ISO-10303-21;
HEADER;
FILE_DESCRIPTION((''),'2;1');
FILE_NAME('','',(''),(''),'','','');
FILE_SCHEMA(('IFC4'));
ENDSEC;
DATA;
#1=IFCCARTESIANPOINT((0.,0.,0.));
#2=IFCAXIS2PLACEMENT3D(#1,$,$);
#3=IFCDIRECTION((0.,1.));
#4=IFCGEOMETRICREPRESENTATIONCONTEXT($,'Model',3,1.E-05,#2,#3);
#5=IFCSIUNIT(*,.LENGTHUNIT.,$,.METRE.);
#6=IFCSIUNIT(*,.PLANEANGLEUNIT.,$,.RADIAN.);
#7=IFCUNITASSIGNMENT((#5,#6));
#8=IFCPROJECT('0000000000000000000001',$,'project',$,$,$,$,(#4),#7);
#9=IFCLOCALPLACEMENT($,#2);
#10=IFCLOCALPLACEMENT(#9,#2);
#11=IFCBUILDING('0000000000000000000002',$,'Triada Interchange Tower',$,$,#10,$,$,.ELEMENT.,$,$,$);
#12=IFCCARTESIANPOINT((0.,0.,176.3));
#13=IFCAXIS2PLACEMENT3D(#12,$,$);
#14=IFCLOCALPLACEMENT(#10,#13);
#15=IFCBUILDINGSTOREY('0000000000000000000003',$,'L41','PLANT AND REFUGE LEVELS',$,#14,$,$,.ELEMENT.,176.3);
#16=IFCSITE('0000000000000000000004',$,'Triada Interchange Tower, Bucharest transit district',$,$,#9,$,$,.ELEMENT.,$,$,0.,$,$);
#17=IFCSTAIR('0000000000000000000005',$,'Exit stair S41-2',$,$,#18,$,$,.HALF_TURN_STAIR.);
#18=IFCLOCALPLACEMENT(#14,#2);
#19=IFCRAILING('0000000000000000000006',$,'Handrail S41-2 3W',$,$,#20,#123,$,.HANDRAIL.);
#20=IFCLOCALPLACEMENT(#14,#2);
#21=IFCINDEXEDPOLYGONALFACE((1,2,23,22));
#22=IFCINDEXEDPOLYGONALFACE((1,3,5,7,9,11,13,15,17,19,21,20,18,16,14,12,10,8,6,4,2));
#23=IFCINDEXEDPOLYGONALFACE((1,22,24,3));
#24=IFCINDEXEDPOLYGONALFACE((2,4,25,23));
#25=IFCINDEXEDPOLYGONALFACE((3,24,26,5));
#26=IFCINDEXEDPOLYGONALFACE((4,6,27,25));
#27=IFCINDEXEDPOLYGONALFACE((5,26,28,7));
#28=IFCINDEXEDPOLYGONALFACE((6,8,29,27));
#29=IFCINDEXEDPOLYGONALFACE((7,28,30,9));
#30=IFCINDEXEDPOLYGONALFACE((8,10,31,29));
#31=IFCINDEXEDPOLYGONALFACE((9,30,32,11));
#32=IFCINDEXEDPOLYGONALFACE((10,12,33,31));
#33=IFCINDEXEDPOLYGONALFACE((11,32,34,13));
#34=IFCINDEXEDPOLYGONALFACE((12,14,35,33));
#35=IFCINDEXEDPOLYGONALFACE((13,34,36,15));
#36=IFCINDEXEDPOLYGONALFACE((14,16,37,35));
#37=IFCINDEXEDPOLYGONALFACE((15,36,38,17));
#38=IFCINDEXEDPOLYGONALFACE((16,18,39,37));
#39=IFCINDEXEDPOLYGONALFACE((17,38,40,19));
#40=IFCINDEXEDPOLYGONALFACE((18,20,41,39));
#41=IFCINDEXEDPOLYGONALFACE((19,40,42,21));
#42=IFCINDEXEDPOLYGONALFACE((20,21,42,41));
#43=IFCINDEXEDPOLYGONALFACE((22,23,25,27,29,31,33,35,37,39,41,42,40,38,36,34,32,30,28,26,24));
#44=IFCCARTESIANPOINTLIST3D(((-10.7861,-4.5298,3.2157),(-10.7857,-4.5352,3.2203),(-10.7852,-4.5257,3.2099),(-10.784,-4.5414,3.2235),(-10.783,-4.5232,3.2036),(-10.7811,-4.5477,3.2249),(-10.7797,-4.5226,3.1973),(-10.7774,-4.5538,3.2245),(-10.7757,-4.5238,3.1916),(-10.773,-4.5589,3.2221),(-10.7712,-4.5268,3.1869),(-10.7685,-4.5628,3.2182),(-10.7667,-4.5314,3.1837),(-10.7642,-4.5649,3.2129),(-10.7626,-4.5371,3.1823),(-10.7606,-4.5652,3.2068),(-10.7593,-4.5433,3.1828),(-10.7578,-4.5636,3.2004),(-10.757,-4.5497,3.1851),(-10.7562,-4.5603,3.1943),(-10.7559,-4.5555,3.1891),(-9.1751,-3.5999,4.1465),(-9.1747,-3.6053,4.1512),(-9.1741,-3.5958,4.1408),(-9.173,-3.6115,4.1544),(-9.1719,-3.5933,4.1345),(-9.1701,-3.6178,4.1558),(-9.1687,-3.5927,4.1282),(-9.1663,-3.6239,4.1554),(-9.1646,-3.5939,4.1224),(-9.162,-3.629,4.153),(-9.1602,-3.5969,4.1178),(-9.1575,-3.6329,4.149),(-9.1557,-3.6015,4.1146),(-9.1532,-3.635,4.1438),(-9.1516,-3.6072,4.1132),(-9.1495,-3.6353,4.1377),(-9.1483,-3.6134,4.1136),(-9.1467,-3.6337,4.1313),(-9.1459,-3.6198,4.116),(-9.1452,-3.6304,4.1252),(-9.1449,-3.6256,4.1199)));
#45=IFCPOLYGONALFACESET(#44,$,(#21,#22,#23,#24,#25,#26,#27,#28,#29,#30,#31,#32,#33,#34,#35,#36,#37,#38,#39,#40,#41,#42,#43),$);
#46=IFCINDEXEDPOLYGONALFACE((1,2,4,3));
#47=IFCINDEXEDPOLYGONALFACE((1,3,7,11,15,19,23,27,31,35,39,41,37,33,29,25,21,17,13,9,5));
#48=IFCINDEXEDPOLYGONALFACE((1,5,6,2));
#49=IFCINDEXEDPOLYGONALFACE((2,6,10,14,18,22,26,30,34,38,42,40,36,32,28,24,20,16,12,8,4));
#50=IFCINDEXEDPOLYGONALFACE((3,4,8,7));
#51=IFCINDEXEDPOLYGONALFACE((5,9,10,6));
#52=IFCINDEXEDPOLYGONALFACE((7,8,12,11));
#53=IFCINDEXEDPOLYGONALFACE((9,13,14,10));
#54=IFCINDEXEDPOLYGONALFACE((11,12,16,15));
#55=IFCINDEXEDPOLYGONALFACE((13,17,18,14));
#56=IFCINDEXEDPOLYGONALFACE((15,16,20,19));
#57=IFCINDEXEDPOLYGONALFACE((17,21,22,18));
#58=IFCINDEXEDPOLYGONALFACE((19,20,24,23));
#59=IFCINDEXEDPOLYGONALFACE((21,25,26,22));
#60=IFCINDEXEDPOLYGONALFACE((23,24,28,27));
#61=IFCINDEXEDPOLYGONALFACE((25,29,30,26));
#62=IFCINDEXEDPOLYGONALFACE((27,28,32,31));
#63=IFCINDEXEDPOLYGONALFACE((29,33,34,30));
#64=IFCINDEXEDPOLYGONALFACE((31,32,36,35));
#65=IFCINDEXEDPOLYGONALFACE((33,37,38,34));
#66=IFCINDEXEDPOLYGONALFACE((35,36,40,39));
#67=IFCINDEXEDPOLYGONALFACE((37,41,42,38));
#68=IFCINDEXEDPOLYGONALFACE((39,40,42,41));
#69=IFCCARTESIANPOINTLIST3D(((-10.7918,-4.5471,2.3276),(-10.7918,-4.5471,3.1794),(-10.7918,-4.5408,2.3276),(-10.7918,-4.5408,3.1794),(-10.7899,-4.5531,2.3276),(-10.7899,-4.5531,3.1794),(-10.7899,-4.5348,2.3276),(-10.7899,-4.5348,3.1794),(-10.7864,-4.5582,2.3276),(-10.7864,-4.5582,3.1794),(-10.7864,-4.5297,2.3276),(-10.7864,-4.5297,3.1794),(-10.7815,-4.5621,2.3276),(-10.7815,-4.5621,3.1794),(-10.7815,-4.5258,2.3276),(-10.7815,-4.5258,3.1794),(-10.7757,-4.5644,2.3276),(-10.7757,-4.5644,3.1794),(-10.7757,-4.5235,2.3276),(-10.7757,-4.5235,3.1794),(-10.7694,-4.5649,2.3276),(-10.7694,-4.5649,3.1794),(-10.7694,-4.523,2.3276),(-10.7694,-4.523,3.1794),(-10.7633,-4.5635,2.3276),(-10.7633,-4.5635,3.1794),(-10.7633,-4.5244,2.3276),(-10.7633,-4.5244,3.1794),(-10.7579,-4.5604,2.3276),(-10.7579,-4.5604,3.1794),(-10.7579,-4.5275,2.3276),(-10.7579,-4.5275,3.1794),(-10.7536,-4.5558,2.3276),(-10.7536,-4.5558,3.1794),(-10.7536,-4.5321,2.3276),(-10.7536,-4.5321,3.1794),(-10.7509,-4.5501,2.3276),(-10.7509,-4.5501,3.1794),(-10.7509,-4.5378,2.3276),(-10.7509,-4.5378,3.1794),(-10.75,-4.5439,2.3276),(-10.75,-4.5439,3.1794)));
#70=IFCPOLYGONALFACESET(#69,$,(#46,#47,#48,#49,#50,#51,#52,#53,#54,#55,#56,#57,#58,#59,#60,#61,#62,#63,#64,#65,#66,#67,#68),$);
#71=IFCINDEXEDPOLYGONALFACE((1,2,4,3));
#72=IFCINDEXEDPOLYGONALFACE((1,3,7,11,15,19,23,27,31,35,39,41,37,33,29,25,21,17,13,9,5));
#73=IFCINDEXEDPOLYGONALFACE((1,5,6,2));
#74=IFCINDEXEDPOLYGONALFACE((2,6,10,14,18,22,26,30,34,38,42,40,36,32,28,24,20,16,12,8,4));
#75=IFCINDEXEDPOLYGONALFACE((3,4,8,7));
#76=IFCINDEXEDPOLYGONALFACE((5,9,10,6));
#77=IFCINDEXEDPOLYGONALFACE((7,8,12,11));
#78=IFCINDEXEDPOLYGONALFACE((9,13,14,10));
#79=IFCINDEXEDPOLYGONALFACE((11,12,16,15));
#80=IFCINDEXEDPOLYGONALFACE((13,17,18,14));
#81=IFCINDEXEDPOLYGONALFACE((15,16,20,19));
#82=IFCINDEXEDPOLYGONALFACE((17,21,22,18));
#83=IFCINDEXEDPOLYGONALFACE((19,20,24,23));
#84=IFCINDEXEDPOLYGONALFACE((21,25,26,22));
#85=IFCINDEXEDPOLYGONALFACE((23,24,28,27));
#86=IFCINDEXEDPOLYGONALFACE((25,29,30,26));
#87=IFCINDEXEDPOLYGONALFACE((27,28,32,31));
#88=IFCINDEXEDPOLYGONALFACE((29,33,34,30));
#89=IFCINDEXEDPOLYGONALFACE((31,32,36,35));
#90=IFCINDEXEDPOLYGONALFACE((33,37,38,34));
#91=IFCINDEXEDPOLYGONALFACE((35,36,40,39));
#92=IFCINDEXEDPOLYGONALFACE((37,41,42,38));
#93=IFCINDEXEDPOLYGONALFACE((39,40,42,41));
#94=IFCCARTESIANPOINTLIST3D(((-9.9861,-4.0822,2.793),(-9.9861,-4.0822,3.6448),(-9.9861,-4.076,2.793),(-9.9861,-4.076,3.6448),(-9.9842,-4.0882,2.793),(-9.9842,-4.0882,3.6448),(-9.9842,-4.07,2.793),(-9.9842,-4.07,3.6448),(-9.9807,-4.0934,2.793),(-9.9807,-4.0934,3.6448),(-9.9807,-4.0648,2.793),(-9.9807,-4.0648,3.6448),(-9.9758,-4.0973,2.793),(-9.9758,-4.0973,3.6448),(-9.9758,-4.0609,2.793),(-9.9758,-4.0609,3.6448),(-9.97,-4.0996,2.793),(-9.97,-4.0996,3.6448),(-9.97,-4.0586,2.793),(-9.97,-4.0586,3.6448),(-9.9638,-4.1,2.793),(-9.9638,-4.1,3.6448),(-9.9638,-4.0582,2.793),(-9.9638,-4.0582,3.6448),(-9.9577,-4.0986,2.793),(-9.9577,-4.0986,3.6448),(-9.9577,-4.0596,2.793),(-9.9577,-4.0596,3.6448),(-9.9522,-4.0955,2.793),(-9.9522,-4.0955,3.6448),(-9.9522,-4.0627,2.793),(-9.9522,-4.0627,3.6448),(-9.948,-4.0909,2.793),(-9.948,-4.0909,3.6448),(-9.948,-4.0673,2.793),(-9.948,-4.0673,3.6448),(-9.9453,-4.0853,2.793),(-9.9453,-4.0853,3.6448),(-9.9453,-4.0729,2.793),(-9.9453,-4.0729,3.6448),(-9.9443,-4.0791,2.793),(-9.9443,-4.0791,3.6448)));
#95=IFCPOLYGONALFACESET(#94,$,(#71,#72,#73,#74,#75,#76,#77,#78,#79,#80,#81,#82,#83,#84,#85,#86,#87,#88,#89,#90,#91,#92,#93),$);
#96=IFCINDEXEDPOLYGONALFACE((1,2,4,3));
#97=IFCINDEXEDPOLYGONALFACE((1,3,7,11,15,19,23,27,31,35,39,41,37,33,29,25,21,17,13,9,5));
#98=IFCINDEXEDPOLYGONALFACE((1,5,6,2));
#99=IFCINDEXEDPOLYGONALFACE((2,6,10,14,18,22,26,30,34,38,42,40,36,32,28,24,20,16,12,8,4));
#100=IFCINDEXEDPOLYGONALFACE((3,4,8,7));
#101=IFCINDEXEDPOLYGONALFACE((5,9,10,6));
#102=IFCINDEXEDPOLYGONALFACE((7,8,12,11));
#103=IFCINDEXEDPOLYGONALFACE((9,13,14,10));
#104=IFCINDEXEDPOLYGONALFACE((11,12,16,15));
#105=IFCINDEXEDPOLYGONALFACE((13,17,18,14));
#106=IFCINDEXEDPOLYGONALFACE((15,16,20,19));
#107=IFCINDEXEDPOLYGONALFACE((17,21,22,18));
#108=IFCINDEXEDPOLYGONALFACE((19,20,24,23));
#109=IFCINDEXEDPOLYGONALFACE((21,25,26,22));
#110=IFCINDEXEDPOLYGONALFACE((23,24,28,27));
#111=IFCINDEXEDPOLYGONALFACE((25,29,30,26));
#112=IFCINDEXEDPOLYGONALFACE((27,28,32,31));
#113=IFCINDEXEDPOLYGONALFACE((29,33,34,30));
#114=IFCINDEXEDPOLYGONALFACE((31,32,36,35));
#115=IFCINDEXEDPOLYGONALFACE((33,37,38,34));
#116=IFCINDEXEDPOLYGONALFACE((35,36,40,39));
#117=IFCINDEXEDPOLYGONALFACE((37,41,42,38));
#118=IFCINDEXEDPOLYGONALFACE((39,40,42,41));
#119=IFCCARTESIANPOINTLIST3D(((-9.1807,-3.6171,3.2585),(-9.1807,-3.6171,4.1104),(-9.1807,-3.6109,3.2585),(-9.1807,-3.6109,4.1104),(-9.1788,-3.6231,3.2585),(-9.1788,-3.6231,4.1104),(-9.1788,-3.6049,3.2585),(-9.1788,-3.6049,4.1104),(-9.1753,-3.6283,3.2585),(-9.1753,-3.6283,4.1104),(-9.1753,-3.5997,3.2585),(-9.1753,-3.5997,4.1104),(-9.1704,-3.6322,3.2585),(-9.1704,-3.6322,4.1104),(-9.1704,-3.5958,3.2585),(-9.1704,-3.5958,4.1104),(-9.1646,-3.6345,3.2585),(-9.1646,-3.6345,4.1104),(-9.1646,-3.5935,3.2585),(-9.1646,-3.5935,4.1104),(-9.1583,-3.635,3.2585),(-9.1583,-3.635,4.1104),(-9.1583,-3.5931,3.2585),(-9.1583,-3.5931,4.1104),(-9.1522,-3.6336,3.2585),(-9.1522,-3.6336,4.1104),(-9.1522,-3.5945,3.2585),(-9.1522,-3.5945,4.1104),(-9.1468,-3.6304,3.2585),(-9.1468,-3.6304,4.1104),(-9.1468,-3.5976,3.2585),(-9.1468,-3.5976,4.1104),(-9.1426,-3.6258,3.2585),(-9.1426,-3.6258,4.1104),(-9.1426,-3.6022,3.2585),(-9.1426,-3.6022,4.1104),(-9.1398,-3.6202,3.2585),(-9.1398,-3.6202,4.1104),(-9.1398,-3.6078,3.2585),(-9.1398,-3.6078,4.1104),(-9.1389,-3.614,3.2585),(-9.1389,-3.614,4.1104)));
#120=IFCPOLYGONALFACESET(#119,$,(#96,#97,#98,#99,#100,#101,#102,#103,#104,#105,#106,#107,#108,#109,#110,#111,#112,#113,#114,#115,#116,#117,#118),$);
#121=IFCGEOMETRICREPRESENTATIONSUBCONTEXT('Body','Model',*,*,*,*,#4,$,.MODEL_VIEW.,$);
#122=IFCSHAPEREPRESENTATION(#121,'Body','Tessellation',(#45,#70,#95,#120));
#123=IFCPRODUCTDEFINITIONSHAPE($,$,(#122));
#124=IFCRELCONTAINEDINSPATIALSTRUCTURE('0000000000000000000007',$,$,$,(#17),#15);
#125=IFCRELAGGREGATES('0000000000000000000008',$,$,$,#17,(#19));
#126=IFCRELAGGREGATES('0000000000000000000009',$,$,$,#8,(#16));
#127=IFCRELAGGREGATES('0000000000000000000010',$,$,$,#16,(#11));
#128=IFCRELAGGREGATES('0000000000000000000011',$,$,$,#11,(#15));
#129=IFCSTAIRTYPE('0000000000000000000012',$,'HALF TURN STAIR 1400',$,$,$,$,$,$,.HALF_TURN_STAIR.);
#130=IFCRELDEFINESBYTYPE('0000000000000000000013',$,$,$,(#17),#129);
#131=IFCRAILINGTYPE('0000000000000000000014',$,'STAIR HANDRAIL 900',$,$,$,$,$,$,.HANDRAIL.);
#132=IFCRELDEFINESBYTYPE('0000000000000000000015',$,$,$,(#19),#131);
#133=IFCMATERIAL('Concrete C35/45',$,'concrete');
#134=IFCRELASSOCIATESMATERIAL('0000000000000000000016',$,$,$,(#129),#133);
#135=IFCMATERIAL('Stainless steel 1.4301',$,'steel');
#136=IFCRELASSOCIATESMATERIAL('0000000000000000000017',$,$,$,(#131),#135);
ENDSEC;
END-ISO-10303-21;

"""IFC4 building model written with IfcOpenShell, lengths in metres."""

from ifc_helpers import new_model, si_unit, direction, frame, origin, origin_2d, place, context, subcontext, project, spatial, circle, extrude, material, type_object, element, aggregate, save


model = new_model("IFC4")

# Units and contexts
model_context = context("Model", 3, precision=1e-05, world=origin(), true_north=direction((0.0, 1.0)))
body_context = subcontext(model_context, "Body", "Model", "MODEL_VIEW")
ifc_project = project(units=[si_unit("LENGTHUNIT", "METRE"), si_unit("PLANEANGLEUNIT", "RADIAN")], contexts=[model_context])

# Site, building, storey
site_placement = place(None, origin())
site = spatial("IfcSite", under=ifc_project, at=site_placement, Name="Triada Interchange Tower, Bucharest transit district", CompositionType="ELEMENT", RefElevation=0.0)
building_placement = place(site_placement, origin())
building = spatial("IfcBuilding", under=site, at=building_placement, Name="Triada Interchange Tower", CompositionType="ELEMENT")
storey_placement = place(building_placement, frame((0.0, 0.0, 176.3)))
storey = spatial("IfcBuildingStorey", under=building, at=storey_placement, Name="L41", Description="PLANT AND REFUGE LEVELS", CompositionType="ELEMENT", Elevation=176.3)

# Shared definitions
ifc_material_1 = material(Name="Concrete C35/45", Category="concrete")

# Stair, railing
stair_type = type_object("IfcStairType", Name="HALF TURN STAIR 1400", PredefinedType="HALF_TURN_STAIR", material=ifc_material_1)
stair_placement = place(storey_placement, origin())
stair = element("IfcStair", 1, at=stair_placement, inside=storey, type_object=stair_type, Name="Exit stair S41-2", PredefinedType="HALF_TURN_STAIR")
ifc_material_2 = material(Name="Stainless steel 1.4301", Category="steel")
railing_type_1 = type_object("IfcRailingType", Name="STAIR HANDRAIL 900", PredefinedType="HANDRAIL", material=ifc_material_2)
railing_1_placement = place(storey_placement, frame((-10.771, -4.5439, 2.3276)))
railing_1 = element("IfcRailing", 2, at=railing_1_placement, type_object=railing_type_1, Name="Handrail S41-2 3W", PredefinedType="HANDRAIL", context=body_context, shape_type="SweptSolid", body=[
    extrude(circle(Radius=0.0239, at=origin_2d()), frame((0.0, 0.0, 0.876), z_axis=(0.77451, 0.447054, 0.447523), x_axis=(-0.499908, 0.866079, 0.0)), (0.0, 0.0, 1.0), 2.0801),
    extrude(circle(Radius=0.021, at=origin_2d()), origin(), (0.0, 0.0, 1.0), 0.8518),
    extrude(circle(Radius=0.021, at=origin_2d()), frame((0.8057, 0.4648, 0.4653)), (0.0, 0.0, 1.0), 0.8518),
    extrude(circle(Radius=0.021, at=origin_2d()), frame((1.6111, 0.9299, 0.9309)), (0.0, 0.0, 1.0), 0.8518),
])
aggregate(stair, [railing_1])

save(model, "model.ifc")
